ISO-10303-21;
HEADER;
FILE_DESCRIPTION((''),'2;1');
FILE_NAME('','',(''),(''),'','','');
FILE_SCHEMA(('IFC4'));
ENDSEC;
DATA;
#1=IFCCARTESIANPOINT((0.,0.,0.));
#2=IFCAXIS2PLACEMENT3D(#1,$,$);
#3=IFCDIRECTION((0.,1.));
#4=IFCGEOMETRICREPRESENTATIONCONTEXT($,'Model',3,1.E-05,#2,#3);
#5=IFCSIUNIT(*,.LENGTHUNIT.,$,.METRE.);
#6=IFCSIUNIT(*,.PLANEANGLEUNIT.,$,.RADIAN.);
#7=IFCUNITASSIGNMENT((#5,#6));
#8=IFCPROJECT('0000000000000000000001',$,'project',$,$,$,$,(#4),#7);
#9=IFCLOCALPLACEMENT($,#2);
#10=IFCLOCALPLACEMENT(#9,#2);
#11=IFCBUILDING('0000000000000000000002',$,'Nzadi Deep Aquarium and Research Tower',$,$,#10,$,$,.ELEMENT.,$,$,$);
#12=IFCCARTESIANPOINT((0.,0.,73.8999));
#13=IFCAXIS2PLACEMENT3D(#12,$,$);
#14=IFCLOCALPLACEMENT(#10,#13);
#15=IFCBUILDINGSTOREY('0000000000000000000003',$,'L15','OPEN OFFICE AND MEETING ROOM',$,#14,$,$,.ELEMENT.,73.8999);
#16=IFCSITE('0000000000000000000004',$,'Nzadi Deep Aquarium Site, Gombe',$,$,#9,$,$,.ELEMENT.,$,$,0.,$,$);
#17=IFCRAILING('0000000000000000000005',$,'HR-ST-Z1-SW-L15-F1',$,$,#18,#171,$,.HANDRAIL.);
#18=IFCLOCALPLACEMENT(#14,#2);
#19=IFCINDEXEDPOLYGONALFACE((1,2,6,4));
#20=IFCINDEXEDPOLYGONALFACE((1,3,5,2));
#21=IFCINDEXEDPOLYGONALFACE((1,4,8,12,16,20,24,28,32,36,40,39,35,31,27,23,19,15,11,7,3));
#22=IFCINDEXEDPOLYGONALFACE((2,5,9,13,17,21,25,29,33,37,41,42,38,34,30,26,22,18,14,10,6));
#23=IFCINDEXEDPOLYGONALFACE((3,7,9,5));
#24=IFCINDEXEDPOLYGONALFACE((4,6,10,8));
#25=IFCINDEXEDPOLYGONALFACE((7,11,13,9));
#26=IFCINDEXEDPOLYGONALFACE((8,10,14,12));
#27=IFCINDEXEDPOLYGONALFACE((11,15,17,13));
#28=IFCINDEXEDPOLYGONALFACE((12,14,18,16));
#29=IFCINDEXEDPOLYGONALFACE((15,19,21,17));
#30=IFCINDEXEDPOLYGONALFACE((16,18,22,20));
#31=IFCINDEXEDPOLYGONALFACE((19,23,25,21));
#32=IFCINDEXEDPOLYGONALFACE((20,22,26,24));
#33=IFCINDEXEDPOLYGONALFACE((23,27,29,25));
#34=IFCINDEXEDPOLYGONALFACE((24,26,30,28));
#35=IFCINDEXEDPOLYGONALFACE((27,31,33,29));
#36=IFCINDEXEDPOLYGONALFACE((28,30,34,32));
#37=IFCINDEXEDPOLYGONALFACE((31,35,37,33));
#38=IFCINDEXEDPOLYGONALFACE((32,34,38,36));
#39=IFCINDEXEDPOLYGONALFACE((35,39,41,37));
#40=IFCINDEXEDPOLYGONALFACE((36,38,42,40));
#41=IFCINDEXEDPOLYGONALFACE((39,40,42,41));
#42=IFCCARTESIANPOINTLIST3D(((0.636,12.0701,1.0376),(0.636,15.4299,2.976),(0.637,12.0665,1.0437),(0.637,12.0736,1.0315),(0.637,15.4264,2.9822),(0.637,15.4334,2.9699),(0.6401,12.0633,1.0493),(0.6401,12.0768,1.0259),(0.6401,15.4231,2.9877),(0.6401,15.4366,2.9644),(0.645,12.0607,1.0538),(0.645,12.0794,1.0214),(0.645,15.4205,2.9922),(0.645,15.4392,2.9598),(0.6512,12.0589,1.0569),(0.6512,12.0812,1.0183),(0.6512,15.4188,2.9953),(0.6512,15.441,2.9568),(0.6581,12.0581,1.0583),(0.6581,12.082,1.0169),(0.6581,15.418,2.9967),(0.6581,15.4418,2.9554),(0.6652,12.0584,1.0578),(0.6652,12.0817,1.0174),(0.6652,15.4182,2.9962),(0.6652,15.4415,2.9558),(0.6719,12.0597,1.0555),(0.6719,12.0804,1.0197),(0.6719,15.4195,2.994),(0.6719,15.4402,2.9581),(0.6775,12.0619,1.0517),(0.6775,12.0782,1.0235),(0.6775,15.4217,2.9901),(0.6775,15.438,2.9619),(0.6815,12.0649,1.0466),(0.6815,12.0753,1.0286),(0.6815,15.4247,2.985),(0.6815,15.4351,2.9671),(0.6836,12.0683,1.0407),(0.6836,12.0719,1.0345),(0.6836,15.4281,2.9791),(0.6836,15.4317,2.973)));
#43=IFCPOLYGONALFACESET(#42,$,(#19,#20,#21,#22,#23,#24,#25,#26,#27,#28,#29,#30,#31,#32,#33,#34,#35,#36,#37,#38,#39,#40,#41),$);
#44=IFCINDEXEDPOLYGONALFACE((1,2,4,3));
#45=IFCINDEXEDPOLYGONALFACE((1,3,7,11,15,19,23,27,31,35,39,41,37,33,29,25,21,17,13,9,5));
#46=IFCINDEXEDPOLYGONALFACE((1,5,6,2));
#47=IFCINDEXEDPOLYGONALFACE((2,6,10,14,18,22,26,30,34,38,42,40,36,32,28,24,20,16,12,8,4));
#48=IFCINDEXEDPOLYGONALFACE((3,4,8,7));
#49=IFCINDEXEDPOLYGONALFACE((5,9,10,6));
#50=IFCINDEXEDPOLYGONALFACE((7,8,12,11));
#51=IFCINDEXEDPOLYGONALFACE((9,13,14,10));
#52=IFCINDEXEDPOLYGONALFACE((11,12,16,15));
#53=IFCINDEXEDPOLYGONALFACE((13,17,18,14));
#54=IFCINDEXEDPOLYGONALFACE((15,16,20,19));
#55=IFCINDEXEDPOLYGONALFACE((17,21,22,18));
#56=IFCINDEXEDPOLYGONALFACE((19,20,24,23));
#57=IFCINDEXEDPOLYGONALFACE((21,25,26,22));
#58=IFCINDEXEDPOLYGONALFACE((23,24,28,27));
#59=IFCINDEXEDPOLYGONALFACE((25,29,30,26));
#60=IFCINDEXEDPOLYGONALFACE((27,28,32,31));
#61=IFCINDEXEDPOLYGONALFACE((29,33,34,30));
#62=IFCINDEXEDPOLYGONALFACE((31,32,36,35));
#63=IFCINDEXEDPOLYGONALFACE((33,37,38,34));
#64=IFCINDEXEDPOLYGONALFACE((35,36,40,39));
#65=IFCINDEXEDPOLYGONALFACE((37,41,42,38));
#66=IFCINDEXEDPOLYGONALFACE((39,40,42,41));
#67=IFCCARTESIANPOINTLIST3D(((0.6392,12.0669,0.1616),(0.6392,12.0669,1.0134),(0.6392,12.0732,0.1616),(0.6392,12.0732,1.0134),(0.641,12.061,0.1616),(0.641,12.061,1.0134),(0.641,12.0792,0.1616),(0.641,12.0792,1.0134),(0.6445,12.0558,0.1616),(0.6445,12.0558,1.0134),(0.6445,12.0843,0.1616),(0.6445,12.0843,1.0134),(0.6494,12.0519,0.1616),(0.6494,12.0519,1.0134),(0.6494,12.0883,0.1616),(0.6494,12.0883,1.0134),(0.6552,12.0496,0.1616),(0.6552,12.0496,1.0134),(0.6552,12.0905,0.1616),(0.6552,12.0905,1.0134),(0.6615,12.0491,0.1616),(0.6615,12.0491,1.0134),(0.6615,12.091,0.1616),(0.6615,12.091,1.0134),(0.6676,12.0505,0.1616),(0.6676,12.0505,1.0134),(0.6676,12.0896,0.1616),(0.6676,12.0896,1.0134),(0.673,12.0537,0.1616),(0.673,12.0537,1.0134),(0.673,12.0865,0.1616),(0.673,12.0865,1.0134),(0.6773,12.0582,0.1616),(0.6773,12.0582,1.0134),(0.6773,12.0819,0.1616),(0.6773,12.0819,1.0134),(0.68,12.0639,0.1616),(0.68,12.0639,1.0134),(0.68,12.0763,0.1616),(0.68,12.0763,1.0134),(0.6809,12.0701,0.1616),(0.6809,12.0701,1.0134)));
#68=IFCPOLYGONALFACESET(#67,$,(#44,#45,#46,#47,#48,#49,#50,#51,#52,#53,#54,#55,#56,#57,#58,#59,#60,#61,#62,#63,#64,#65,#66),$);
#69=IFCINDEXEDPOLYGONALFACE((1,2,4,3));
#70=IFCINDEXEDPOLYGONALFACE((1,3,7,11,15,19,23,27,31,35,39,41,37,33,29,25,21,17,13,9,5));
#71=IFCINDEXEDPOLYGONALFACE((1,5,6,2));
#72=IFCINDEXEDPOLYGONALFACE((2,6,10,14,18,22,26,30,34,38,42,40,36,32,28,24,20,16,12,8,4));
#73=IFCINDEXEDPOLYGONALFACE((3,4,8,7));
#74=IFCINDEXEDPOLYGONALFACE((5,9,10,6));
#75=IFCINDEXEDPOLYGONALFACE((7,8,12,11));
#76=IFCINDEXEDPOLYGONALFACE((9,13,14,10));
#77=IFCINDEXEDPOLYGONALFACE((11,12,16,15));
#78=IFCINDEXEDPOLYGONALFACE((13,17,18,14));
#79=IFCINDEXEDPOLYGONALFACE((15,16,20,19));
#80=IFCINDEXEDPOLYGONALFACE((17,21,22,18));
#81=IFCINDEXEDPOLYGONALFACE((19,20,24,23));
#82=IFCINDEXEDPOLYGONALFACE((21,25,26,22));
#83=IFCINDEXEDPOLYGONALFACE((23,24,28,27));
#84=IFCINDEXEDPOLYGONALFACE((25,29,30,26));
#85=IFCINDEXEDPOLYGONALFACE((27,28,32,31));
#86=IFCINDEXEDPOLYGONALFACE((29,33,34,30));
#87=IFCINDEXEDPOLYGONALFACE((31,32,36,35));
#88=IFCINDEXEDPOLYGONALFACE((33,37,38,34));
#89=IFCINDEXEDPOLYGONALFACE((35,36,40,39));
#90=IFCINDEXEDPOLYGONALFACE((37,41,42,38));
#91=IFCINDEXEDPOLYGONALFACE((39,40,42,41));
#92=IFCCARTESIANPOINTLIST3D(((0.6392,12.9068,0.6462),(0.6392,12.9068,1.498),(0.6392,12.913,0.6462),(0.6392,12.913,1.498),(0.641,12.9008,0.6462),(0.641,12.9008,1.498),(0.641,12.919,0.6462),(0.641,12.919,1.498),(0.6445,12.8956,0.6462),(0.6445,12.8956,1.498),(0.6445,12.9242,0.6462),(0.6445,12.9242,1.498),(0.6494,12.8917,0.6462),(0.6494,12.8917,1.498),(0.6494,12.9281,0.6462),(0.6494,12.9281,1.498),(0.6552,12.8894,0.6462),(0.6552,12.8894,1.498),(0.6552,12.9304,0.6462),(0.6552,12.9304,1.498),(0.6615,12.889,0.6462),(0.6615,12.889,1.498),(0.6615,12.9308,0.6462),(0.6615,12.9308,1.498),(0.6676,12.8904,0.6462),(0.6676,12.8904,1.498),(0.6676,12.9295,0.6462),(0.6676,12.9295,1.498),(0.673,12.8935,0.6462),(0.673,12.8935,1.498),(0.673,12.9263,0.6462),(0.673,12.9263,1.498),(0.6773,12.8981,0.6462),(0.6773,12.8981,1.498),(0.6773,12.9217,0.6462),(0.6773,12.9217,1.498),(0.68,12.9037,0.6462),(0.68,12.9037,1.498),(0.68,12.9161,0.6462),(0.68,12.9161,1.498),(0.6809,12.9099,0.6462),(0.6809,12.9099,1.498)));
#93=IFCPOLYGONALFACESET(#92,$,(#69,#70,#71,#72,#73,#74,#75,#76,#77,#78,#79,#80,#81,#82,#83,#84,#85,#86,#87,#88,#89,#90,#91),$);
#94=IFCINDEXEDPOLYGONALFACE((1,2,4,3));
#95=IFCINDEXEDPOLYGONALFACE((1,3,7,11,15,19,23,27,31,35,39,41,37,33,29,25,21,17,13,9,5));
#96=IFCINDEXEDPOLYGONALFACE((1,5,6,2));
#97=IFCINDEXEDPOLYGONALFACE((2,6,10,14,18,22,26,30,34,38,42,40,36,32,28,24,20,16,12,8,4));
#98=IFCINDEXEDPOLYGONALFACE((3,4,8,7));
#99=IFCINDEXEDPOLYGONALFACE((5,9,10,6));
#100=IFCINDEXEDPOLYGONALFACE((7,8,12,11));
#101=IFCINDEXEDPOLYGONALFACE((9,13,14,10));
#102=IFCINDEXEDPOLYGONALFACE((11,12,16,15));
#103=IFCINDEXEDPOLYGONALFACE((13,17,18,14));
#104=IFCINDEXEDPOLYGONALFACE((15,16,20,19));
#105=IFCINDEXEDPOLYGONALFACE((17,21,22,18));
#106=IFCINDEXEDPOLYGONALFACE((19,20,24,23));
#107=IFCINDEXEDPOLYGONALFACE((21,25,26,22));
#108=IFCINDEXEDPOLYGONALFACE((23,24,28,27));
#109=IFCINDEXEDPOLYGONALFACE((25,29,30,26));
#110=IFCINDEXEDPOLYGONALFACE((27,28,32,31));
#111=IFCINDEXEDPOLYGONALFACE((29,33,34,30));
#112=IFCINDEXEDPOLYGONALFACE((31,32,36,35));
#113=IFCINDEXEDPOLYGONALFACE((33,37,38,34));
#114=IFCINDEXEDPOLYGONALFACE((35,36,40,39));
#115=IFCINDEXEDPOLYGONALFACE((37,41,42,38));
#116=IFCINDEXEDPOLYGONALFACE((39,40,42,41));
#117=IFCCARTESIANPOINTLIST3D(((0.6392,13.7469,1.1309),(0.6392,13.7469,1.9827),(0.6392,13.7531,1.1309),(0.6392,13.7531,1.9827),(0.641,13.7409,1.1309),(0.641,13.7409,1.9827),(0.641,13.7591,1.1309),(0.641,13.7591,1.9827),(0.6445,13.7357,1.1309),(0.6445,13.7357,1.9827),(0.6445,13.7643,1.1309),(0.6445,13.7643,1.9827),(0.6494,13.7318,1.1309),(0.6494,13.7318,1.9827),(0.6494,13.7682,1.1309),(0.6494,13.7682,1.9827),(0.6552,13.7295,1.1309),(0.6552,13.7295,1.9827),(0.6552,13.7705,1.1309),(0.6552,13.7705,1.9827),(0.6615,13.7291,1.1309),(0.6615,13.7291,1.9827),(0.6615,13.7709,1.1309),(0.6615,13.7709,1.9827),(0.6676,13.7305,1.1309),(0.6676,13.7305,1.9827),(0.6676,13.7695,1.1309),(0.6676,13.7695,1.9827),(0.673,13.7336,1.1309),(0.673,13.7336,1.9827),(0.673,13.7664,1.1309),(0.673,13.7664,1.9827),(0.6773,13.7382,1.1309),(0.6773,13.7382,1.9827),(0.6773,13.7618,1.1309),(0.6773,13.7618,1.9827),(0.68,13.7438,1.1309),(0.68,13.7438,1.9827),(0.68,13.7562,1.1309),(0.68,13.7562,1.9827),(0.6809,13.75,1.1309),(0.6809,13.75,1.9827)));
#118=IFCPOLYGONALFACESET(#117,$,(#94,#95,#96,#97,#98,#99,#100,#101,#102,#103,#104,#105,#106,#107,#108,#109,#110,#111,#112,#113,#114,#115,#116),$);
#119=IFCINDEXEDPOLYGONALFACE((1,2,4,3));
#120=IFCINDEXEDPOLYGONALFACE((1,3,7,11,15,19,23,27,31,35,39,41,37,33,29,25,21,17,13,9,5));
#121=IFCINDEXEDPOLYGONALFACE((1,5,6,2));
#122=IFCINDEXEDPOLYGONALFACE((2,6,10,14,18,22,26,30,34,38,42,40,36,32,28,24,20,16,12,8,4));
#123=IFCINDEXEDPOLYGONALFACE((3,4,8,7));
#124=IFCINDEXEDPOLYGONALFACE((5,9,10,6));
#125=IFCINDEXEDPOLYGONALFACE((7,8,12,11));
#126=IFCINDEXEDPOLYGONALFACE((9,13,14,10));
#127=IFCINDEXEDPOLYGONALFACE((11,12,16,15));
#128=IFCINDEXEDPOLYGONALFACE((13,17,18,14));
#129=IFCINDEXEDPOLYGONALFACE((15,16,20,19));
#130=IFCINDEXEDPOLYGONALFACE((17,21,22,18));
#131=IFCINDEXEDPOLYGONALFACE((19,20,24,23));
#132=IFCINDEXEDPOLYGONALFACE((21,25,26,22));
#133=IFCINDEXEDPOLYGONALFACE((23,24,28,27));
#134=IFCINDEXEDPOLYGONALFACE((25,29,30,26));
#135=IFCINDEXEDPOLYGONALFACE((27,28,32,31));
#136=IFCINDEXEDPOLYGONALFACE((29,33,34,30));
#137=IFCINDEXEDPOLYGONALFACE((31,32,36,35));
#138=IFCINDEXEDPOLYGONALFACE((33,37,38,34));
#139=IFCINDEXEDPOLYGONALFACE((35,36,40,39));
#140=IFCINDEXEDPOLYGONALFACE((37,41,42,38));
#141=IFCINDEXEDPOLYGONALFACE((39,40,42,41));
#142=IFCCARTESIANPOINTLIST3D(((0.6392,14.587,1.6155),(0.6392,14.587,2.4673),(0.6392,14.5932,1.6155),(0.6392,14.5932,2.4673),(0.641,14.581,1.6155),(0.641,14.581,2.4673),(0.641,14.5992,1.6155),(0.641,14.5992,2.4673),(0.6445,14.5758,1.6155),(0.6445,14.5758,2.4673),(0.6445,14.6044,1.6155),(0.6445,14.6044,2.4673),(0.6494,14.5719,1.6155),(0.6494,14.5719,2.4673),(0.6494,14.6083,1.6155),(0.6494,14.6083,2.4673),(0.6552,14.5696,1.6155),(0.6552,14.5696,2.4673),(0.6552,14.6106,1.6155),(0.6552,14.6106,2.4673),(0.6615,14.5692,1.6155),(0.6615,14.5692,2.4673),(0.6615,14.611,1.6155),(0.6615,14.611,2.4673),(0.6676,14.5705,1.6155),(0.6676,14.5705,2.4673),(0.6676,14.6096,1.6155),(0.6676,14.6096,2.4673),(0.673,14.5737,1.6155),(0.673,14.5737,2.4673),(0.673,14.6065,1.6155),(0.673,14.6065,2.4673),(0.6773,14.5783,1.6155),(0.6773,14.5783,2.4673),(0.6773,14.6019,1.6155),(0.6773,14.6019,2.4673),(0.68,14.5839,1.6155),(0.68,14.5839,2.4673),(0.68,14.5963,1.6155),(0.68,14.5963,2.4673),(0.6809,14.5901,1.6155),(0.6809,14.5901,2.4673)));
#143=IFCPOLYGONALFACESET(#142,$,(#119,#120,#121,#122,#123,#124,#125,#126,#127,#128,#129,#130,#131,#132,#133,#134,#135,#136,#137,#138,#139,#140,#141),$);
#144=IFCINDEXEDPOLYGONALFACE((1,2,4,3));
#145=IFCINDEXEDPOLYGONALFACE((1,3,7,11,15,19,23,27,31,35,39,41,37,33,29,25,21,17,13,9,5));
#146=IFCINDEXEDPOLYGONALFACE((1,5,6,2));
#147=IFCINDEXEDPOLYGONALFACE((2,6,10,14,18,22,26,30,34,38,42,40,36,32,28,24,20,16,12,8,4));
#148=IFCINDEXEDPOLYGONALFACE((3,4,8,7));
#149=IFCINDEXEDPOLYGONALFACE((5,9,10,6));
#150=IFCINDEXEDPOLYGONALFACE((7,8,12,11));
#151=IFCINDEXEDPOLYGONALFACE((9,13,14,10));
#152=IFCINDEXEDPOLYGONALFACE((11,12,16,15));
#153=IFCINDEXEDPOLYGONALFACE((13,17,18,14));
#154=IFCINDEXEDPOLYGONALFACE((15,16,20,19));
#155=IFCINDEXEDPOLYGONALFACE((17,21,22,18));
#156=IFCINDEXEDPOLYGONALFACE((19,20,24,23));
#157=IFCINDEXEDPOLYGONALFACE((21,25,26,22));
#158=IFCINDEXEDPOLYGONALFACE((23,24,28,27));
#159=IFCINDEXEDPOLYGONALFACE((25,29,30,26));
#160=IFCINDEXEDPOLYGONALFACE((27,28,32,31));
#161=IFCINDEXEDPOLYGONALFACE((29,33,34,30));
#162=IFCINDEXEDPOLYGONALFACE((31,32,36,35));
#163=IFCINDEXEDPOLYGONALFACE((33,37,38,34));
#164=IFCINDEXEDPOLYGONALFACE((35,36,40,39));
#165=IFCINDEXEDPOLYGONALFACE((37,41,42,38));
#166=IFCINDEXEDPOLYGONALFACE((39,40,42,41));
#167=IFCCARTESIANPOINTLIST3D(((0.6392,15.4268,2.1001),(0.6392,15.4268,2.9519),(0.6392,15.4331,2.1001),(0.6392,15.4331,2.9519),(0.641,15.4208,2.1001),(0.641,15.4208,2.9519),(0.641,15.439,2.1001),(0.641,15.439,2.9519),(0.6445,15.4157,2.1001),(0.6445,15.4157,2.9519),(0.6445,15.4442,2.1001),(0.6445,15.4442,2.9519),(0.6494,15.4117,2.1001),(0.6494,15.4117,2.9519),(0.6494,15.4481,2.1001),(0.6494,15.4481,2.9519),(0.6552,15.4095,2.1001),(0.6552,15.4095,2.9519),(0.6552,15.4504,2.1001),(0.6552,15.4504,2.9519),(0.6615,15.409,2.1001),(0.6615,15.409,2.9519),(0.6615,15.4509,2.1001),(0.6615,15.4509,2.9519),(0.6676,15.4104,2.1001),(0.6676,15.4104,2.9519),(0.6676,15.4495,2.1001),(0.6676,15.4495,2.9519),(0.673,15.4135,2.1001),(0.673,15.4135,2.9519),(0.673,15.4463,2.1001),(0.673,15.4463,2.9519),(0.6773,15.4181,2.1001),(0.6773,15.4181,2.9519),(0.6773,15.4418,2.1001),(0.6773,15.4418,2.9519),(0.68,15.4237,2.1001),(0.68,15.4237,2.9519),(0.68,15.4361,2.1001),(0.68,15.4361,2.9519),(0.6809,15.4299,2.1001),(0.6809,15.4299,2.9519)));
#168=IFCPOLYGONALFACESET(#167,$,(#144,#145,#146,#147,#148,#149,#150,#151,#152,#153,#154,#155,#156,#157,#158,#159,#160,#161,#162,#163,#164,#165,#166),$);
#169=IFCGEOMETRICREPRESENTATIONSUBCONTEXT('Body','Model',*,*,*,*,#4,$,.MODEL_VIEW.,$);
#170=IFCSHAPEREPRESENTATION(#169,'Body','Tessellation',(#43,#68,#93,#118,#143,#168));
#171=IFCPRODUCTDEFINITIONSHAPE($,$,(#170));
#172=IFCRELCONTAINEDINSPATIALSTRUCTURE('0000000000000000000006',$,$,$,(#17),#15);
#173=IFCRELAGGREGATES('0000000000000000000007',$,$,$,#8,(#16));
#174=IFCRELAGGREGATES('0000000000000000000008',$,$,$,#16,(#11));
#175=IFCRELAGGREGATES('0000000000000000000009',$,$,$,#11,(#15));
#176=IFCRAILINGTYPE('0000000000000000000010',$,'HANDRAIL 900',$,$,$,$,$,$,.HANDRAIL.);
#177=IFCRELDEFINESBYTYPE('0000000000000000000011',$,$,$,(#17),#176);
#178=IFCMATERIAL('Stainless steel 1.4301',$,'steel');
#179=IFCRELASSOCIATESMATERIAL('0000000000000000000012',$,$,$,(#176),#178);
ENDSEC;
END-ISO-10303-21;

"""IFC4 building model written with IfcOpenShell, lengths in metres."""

from ifc_helpers import new_model, si_unit, direction, frame, origin, origin_2d, place, context, subcontext, project, spatial, circle, extrude, material, type_object, element, save


model = new_model("IFC4")

# Units and contexts
model_context = context("Model", 3, precision=1e-05, world=origin(), true_north=direction((0.0, 1.0)))
body_context = subcontext(model_context, "Body", "Model", "MODEL_VIEW")
ifc_project = project(units=[si_unit("LENGTHUNIT", "METRE"), si_unit("PLANEANGLEUNIT", "RADIAN")], contexts=[model_context])

# Site, building, storey
site_placement = place(None, origin())
site = spatial("IfcSite", under=ifc_project, at=site_placement, Name="Nzadi Deep Aquarium Site, Gombe", CompositionType="ELEMENT", RefElevation=0.0)
building_placement = place(site_placement, origin())
building = spatial("IfcBuilding", under=site, at=building_placement, Name="Nzadi Deep Aquarium and Research Tower", CompositionType="ELEMENT")
storey_placement = place(building_placement, frame((0.0, 0.0, 73.8999)))
storey = spatial("IfcBuildingStorey", under=building, at=storey_placement, Name="L15", Description="OPEN OFFICE AND MEETING ROOM", CompositionType="ELEMENT", Elevation=73.8999)

# Railing
ifc_material_1 = material(Name="Stainless steel 1.4301", Category="steel")
railing_type = type_object("IfcRailingType", Name="HANDRAIL 900", PredefinedType="HANDRAIL", material=ifc_material_1)
for number, where, name in (
    (1, (0.6599, 12.0701, 0.1616), "HR-ST-Z1-SW-L15-F1"),
):
    element("IfcRailing", number, at=place(storey_placement, frame(where)), inside=storey, type_object=railing_type, Name=name, PredefinedType="HANDRAIL", context=body_context, shape_type="SweptSolid", body=[
        extrude(circle(Radius=0.0239, at=origin_2d()), frame((0.0, 0.0, 0.876), z_axis=(0.0, 0.866175, 0.499741), x_axis=(-1.0, 0.0, 0.0)), (0.0, 0.0, 1.0), 3.8789),
        extrude(circle(Radius=0.021, at=origin_2d()), origin(), (0.0, 0.0, 1.0), 0.8518),
        extrude(circle(Radius=0.021, at=origin_2d()), frame((0.0, 0.8398, 0.4846)), (0.0, 0.0, 1.0), 0.8518),
        extrude(circle(Radius=0.021, at=origin_2d()), frame((0.0, 1.6799, 0.9692)), (0.0, 0.0, 1.0), 0.8518),
        extrude(circle(Radius=0.021, at=origin_2d()), frame((0.0, 2.52, 1.4539)), (0.0, 0.0, 1.0), 0.8518),
        extrude(circle(Radius=0.021, at=origin_2d()), frame((0.0, 3.3599, 1.9385)), (0.0, 0.0, 1.0), 0.8518),
    ])

save(model, "model.ifc")
